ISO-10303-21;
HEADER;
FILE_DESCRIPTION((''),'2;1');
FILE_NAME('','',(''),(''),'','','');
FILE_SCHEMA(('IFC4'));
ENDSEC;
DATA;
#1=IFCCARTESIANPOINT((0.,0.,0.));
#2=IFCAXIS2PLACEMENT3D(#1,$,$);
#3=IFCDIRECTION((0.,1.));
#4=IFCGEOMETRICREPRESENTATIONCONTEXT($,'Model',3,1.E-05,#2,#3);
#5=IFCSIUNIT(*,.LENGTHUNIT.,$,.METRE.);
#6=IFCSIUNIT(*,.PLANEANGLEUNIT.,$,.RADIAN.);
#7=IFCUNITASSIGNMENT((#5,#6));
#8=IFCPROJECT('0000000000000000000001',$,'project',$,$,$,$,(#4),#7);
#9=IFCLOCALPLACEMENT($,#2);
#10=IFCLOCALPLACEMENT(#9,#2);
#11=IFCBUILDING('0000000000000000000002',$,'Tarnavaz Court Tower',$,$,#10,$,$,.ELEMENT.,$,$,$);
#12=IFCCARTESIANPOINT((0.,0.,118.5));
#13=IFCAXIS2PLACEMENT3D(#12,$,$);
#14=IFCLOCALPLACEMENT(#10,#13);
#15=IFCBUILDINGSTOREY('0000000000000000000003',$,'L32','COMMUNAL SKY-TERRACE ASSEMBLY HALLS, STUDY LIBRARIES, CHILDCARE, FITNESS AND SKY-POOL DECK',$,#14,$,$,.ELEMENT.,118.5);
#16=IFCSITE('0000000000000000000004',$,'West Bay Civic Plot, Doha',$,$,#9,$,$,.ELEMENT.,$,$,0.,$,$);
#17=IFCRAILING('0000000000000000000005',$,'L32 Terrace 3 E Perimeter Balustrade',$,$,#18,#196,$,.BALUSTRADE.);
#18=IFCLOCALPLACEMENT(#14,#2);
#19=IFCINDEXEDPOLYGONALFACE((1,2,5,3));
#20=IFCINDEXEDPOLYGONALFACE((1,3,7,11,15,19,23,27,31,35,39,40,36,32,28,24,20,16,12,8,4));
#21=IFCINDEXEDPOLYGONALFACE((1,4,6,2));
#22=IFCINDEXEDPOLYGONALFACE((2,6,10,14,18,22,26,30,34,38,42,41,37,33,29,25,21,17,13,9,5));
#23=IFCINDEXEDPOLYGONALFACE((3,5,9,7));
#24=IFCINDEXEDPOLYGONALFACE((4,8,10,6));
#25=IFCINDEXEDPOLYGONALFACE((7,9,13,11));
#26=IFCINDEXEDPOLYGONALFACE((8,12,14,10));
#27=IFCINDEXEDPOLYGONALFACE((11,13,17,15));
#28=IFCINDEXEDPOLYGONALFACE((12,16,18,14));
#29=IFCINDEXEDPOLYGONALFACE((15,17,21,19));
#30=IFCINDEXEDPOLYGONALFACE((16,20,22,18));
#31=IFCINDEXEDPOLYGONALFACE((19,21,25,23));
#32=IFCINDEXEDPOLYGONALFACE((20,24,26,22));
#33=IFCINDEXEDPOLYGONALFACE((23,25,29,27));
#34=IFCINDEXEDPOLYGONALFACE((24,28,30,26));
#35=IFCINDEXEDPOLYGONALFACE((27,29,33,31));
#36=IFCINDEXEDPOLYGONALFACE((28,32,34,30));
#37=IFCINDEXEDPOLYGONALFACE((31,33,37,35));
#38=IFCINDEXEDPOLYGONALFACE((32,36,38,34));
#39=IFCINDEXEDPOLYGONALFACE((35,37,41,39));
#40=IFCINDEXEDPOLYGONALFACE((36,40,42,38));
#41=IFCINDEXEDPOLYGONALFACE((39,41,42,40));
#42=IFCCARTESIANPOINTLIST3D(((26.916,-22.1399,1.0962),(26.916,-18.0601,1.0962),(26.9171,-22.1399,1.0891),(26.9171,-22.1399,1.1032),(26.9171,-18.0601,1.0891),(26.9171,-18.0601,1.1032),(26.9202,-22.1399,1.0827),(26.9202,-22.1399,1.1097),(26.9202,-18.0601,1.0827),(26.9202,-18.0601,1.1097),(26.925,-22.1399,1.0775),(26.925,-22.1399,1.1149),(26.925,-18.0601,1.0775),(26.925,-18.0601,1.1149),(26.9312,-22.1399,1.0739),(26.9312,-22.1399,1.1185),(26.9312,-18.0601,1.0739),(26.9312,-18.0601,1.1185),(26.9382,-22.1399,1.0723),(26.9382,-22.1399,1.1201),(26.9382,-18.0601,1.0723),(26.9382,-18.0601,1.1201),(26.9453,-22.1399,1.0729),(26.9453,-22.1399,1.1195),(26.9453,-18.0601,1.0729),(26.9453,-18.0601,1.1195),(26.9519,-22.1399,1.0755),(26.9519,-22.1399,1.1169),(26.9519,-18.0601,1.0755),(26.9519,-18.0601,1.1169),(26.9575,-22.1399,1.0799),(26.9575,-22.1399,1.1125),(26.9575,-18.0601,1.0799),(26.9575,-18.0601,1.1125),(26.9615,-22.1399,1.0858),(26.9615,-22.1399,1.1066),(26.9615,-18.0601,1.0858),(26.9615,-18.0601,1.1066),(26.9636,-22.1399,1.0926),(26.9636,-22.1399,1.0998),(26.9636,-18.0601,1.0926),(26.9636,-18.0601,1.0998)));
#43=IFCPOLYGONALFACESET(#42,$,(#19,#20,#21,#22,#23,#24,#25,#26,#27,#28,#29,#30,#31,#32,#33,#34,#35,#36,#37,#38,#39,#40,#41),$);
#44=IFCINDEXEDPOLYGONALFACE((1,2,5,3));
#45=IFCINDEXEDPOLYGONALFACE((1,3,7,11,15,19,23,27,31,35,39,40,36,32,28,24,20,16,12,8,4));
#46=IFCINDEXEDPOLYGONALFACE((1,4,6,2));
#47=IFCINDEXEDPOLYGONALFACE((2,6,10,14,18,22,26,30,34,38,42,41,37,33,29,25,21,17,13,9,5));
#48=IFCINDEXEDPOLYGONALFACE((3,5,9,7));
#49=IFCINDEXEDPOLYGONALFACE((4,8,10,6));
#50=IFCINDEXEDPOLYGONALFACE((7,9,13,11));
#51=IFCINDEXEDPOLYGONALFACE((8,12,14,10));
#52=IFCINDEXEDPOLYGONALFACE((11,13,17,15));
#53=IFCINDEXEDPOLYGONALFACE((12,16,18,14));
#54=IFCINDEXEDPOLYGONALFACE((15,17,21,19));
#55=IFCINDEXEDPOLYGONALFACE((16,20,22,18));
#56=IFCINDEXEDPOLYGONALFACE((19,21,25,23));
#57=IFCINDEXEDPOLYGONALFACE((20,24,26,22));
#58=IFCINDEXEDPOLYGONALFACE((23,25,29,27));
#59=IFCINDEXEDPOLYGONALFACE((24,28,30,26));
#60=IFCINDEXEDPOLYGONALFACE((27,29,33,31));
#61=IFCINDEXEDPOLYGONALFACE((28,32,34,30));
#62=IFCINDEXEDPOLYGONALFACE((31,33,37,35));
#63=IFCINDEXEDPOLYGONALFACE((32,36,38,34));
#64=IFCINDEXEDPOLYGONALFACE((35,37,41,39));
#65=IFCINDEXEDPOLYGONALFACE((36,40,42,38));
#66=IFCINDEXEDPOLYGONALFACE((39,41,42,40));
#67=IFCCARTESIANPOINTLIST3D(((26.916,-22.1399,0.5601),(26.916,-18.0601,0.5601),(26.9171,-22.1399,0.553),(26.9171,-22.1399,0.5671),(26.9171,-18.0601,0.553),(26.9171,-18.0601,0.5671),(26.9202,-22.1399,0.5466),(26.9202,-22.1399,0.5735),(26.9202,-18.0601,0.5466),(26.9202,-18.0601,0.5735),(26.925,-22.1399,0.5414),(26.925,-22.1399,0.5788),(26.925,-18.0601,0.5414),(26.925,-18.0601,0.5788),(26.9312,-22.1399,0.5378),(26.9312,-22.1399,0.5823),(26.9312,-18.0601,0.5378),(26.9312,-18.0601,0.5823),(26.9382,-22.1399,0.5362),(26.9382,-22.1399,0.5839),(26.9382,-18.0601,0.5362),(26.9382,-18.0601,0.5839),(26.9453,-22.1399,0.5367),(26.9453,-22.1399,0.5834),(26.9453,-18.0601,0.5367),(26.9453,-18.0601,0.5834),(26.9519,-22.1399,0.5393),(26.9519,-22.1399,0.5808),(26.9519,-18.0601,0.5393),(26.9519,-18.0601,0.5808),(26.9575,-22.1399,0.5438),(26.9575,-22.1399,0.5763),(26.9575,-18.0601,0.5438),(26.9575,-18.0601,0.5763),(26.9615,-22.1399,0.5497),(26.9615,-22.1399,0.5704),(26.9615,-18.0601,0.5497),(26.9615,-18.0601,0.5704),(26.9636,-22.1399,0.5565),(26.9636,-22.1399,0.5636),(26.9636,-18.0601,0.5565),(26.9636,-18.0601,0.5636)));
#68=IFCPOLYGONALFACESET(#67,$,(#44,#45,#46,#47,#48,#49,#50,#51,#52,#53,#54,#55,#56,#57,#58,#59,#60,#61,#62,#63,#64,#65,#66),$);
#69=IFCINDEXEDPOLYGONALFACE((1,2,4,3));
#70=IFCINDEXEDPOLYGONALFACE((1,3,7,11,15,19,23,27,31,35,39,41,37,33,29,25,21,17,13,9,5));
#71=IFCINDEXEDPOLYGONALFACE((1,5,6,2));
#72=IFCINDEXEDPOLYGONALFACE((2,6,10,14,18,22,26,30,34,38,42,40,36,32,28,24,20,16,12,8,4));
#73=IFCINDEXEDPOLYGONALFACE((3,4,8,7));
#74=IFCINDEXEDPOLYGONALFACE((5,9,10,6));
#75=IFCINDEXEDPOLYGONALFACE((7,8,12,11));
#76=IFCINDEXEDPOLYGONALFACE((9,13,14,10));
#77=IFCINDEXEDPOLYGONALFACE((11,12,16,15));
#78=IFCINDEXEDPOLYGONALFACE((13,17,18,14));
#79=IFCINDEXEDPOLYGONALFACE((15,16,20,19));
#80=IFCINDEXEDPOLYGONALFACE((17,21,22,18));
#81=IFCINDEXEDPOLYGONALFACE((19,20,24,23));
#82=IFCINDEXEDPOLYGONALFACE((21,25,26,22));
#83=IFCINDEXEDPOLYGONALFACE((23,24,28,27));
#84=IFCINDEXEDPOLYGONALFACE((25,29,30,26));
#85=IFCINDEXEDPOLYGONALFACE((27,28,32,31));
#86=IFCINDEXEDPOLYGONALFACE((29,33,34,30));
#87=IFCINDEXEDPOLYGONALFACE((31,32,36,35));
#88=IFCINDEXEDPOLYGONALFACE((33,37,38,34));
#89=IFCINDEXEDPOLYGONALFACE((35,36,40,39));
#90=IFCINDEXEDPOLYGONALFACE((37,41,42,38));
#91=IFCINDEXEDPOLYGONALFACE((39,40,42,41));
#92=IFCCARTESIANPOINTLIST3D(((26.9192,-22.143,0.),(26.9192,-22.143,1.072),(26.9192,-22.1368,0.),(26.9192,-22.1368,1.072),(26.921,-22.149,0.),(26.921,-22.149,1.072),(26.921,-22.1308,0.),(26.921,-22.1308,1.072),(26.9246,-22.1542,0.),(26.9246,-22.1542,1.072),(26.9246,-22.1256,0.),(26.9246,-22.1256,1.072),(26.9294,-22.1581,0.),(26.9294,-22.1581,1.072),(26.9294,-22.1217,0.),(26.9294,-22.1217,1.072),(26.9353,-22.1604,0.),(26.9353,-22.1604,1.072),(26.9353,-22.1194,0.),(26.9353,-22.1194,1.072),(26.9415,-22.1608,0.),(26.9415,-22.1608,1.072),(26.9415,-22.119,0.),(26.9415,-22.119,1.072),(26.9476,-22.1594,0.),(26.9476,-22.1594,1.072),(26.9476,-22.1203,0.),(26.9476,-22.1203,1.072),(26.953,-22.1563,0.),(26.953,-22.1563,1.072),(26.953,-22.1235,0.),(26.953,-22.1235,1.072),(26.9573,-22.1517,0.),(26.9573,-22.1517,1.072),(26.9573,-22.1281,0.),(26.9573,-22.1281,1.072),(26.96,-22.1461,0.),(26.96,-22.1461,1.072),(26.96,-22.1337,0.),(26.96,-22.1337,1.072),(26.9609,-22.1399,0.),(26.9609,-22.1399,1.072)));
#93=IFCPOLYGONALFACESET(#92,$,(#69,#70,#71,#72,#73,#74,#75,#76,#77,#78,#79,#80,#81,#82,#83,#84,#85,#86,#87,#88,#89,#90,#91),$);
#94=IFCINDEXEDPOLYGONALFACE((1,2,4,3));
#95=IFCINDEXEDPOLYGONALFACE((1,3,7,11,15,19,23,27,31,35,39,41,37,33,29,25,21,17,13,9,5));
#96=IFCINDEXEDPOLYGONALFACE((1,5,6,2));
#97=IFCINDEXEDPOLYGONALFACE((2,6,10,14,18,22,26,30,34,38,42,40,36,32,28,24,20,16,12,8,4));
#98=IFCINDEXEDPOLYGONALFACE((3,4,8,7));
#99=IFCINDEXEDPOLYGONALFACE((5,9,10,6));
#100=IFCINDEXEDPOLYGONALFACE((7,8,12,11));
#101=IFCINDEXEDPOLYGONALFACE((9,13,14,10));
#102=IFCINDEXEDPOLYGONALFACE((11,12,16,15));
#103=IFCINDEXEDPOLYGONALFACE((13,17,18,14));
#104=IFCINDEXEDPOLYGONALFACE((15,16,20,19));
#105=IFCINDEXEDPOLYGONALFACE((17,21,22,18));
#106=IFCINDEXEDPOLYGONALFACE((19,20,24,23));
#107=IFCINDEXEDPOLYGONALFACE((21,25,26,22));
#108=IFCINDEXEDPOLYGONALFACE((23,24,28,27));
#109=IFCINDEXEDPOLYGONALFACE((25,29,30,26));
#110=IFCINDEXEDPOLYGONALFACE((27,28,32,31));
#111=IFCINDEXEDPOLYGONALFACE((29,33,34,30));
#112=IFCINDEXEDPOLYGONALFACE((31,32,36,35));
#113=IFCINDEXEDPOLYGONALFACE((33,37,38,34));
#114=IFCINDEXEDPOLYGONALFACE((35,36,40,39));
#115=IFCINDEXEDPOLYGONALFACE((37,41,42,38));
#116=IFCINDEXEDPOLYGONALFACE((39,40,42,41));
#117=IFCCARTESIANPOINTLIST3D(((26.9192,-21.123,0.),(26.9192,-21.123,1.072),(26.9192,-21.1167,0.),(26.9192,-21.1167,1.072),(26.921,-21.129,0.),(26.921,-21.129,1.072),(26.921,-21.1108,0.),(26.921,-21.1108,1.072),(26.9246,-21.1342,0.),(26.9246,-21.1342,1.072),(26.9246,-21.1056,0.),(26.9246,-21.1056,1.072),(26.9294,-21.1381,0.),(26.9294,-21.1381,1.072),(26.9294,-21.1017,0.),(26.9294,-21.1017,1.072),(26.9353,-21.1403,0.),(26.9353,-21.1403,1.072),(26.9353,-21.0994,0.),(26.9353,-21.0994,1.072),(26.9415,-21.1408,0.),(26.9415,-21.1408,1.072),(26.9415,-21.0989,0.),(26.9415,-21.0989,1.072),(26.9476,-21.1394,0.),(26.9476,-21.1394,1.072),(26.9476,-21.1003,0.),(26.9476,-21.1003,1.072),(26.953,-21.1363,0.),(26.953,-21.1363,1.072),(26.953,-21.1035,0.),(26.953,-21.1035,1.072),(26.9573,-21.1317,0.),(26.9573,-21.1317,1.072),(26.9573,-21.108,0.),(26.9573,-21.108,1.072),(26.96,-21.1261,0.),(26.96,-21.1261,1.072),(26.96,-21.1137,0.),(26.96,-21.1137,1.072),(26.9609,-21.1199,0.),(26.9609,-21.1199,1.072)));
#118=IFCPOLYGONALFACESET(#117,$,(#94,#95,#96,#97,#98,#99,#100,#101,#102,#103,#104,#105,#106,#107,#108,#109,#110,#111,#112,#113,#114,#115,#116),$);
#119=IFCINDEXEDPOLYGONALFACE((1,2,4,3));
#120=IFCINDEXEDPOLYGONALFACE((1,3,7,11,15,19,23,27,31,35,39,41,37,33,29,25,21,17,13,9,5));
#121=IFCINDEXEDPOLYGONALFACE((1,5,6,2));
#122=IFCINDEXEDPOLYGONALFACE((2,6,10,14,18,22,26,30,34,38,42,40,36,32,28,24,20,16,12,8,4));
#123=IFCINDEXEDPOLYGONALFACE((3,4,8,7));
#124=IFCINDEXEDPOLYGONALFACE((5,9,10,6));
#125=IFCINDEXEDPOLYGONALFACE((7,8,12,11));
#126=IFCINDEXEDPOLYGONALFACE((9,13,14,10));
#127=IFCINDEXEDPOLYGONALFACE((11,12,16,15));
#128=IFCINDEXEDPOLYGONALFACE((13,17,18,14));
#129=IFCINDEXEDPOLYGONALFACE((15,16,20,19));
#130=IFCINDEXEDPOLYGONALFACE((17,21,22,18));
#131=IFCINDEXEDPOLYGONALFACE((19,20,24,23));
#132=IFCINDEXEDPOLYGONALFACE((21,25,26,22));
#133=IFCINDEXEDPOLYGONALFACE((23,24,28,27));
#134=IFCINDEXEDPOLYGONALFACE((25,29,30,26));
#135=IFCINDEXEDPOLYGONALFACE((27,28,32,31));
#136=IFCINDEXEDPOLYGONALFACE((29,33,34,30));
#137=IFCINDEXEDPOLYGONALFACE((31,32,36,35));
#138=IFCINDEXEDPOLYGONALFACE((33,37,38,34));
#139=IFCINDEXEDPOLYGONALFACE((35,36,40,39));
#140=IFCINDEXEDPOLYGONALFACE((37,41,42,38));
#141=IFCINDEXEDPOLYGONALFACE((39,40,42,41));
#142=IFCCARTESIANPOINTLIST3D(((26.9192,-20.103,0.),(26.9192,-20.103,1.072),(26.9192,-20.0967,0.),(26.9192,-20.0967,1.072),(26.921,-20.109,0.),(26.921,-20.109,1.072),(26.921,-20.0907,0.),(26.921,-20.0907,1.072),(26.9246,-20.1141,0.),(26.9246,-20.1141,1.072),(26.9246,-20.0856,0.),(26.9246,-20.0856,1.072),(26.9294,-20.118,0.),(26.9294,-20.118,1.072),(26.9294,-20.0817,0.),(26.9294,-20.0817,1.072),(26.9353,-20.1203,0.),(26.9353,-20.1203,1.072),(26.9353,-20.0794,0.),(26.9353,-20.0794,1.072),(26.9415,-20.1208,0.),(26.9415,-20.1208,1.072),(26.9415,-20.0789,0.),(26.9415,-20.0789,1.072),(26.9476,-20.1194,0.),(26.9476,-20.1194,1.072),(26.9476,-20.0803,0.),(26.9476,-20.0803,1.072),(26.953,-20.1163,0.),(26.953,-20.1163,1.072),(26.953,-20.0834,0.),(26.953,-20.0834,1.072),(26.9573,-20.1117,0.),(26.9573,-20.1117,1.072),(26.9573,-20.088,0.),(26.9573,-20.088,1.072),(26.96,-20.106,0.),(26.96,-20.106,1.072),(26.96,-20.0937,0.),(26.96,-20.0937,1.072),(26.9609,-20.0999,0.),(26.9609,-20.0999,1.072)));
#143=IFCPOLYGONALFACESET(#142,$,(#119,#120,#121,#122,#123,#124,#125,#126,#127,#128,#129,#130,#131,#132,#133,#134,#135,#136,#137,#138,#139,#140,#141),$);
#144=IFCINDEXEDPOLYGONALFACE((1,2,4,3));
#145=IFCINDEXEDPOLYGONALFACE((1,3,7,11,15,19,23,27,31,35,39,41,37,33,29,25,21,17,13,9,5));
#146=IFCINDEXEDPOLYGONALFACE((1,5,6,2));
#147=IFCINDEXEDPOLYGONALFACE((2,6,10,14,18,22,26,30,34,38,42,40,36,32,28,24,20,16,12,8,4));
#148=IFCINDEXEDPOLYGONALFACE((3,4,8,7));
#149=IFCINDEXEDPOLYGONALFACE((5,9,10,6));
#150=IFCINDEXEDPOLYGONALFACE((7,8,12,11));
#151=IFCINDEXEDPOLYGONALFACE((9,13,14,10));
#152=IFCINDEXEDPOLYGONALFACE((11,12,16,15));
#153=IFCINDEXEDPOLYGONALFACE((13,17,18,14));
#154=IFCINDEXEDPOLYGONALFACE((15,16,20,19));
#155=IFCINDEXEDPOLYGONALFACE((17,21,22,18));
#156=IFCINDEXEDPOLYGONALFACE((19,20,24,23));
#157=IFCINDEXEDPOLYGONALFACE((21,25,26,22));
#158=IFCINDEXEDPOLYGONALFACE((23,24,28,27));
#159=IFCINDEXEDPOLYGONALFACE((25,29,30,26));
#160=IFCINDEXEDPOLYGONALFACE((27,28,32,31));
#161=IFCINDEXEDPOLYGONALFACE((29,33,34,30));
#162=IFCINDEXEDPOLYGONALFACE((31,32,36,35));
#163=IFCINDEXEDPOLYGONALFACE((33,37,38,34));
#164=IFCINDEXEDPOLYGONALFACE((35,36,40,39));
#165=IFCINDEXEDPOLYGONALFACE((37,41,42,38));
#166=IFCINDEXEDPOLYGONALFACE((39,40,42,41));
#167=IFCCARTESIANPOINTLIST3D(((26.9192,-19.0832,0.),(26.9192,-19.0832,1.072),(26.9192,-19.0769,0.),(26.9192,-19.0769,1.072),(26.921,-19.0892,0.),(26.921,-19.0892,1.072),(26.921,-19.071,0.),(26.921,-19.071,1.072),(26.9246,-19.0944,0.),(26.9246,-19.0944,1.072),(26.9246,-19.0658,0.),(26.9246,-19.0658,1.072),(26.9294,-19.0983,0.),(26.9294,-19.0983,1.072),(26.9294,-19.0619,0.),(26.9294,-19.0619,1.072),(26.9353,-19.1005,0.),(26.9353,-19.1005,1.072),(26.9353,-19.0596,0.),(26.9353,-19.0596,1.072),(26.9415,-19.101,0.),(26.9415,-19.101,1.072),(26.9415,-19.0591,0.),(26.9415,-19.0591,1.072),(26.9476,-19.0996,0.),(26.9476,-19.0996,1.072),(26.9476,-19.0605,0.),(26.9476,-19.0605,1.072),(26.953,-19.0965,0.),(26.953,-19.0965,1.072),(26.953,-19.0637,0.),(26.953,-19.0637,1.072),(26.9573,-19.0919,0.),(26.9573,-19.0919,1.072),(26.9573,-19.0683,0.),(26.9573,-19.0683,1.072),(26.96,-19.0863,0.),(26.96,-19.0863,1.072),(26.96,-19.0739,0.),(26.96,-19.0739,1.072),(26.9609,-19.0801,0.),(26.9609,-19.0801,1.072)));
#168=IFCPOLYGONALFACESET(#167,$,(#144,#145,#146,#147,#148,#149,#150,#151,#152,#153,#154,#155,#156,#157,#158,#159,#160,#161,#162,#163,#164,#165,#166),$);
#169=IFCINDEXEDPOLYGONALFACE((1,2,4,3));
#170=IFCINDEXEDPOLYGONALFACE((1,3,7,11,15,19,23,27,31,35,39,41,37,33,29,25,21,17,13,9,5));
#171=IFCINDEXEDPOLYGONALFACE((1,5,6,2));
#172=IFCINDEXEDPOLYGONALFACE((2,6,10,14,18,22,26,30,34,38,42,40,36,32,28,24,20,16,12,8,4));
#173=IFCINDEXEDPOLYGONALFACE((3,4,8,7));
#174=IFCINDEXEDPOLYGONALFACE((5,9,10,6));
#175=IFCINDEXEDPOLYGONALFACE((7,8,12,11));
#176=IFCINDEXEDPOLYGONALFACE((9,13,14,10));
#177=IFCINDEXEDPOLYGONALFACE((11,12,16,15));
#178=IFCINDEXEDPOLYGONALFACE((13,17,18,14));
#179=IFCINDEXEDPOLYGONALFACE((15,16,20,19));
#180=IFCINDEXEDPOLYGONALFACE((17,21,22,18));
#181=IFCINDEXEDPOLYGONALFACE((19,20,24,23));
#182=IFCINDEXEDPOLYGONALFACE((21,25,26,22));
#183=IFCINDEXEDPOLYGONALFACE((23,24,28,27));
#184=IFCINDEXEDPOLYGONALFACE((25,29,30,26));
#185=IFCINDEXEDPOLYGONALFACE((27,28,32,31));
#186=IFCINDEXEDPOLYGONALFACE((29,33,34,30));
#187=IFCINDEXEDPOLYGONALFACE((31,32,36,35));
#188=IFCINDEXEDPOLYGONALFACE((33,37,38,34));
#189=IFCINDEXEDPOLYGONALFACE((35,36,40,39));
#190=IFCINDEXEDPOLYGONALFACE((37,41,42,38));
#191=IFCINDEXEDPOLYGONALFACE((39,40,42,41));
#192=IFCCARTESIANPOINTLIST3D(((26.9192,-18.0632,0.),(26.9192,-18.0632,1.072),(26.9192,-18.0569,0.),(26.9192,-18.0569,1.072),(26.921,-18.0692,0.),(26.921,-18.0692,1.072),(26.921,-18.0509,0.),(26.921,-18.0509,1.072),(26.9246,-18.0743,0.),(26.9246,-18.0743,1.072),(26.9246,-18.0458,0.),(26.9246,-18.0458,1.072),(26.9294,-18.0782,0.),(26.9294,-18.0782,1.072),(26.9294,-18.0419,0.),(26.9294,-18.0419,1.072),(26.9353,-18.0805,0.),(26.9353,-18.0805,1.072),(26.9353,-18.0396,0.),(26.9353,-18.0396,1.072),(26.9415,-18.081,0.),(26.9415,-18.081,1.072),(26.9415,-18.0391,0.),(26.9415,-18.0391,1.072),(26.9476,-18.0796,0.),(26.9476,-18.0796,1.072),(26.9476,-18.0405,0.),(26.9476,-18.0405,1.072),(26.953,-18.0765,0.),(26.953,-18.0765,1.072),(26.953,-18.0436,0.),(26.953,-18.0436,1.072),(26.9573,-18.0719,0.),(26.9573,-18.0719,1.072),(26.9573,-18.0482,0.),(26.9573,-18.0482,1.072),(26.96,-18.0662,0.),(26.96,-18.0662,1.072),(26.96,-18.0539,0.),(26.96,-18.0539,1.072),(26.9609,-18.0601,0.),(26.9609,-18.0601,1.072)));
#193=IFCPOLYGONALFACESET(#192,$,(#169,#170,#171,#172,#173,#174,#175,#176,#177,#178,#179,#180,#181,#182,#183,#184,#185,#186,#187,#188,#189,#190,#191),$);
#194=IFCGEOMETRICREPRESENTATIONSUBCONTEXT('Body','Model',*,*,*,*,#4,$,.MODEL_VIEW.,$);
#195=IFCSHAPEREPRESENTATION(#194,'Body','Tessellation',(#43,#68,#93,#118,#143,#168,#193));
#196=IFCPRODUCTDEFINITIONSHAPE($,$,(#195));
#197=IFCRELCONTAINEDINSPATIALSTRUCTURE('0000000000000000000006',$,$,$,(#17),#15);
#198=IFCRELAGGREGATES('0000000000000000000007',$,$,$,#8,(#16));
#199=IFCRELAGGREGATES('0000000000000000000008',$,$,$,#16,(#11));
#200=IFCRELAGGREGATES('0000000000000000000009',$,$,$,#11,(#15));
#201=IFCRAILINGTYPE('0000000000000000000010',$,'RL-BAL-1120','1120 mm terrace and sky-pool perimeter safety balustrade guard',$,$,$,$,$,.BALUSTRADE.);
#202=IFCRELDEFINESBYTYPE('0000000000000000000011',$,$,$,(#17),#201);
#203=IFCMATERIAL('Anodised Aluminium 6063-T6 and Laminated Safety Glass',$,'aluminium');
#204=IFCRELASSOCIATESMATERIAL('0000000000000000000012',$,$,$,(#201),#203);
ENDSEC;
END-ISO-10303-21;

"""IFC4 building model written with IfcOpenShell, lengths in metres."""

from ifc_helpers import new_model, si_unit, direction, frame, origin, origin_2d, place, context, subcontext, project, spatial, circle, extrude, material, type_object, element, save


model = new_model("IFC4")

# Units and contexts
model_context = context("Model", 3, precision=1e-05, world=origin(), true_north=direction((0.0, 1.0)))
body_context = subcontext(model_context, "Body", "Model", "MODEL_VIEW")
ifc_project = project(units=[si_unit("LENGTHUNIT", "METRE"), si_unit("PLANEANGLEUNIT", "RADIAN")], contexts=[model_context])

# Site, building, storey
site_placement = place(None, origin())
site = spatial("IfcSite", under=ifc_project, at=site_placement, Name="West Bay Civic Plot, Doha", CompositionType="ELEMENT", RefElevation=0.0)
building_placement = place(site_placement, origin())
building = spatial("IfcBuilding", under=site, at=building_placement, Name="Tarnavaz Court Tower", CompositionType="ELEMENT")
storey_placement = place(building_placement, frame((0.0, 0.0, 118.5)))
storey = spatial("IfcBuildingStorey", under=building, at=storey_placement, Name="L32", Description="COMMUNAL SKY-TERRACE ASSEMBLY HALLS, STUDY LIBRARIES, CHILDCARE, FITNESS AND SKY-POOL DECK", CompositionType="ELEMENT", Elevation=118.5)

# Railing
ifc_material_1 = material(Name="Anodised Aluminium 6063-T6 and Laminated Safety Glass", Category="aluminium")
railing_type = type_object("IfcRailingType", Name="RL-BAL-1120", Description="1120 mm terrace and sky-pool perimeter safety balustrade guard", PredefinedType="BALUSTRADE", material=ifc_material_1)
railing_1_placement = place(storey_placement, frame((26.9399, -22.1399, 0.0)))
element("IfcRailing", 1, at=railing_1_placement, inside=storey, type_object=railing_type, Name="L32 Terrace 3 E Perimeter Balustrade", PredefinedType="BALUSTRADE", context=body_context, shape_type="SweptSolid", body=[
    extrude(circle(Radius=0.0239, at=origin_2d()), frame((0.0, 0.0, 1.0962), z_axis=(0.0, 1.0, 0.0), x_axis=(-1.0, 0.0, 0.0)), (0.0, 0.0, 1.0), 4.0798),
    extrude(circle(Radius=0.0239, at=origin_2d()), frame((0.0, 0.0, 0.5601), z_axis=(0.0, 1.0, 0.0), x_axis=(-1.0, 0.0, 0.0)), (0.0, 0.0, 1.0), 4.0798),
    extrude(circle(Radius=0.021, at=origin_2d()), origin(), (0.0, 0.0, 1.0), 1.072),
    extrude(circle(Radius=0.021, at=origin_2d()), frame((0.0, 1.02, 0.0)), (0.0, 0.0, 1.0), 1.072),
    extrude(circle(Radius=0.021, at=origin_2d()), frame((0.0, 2.04, 0.0)), (0.0, 0.0, 1.0), 1.072),
    extrude(circle(Radius=0.021, at=origin_2d()), frame((0.0, 3.0598, 0.0)), (0.0, 0.0, 1.0), 1.072),
    extrude(circle(Radius=0.021, at=origin_2d()), frame((0.0, 4.0798, 0.0)), (0.0, 0.0, 1.0), 1.072),
])

save(model, "model.ifc")
